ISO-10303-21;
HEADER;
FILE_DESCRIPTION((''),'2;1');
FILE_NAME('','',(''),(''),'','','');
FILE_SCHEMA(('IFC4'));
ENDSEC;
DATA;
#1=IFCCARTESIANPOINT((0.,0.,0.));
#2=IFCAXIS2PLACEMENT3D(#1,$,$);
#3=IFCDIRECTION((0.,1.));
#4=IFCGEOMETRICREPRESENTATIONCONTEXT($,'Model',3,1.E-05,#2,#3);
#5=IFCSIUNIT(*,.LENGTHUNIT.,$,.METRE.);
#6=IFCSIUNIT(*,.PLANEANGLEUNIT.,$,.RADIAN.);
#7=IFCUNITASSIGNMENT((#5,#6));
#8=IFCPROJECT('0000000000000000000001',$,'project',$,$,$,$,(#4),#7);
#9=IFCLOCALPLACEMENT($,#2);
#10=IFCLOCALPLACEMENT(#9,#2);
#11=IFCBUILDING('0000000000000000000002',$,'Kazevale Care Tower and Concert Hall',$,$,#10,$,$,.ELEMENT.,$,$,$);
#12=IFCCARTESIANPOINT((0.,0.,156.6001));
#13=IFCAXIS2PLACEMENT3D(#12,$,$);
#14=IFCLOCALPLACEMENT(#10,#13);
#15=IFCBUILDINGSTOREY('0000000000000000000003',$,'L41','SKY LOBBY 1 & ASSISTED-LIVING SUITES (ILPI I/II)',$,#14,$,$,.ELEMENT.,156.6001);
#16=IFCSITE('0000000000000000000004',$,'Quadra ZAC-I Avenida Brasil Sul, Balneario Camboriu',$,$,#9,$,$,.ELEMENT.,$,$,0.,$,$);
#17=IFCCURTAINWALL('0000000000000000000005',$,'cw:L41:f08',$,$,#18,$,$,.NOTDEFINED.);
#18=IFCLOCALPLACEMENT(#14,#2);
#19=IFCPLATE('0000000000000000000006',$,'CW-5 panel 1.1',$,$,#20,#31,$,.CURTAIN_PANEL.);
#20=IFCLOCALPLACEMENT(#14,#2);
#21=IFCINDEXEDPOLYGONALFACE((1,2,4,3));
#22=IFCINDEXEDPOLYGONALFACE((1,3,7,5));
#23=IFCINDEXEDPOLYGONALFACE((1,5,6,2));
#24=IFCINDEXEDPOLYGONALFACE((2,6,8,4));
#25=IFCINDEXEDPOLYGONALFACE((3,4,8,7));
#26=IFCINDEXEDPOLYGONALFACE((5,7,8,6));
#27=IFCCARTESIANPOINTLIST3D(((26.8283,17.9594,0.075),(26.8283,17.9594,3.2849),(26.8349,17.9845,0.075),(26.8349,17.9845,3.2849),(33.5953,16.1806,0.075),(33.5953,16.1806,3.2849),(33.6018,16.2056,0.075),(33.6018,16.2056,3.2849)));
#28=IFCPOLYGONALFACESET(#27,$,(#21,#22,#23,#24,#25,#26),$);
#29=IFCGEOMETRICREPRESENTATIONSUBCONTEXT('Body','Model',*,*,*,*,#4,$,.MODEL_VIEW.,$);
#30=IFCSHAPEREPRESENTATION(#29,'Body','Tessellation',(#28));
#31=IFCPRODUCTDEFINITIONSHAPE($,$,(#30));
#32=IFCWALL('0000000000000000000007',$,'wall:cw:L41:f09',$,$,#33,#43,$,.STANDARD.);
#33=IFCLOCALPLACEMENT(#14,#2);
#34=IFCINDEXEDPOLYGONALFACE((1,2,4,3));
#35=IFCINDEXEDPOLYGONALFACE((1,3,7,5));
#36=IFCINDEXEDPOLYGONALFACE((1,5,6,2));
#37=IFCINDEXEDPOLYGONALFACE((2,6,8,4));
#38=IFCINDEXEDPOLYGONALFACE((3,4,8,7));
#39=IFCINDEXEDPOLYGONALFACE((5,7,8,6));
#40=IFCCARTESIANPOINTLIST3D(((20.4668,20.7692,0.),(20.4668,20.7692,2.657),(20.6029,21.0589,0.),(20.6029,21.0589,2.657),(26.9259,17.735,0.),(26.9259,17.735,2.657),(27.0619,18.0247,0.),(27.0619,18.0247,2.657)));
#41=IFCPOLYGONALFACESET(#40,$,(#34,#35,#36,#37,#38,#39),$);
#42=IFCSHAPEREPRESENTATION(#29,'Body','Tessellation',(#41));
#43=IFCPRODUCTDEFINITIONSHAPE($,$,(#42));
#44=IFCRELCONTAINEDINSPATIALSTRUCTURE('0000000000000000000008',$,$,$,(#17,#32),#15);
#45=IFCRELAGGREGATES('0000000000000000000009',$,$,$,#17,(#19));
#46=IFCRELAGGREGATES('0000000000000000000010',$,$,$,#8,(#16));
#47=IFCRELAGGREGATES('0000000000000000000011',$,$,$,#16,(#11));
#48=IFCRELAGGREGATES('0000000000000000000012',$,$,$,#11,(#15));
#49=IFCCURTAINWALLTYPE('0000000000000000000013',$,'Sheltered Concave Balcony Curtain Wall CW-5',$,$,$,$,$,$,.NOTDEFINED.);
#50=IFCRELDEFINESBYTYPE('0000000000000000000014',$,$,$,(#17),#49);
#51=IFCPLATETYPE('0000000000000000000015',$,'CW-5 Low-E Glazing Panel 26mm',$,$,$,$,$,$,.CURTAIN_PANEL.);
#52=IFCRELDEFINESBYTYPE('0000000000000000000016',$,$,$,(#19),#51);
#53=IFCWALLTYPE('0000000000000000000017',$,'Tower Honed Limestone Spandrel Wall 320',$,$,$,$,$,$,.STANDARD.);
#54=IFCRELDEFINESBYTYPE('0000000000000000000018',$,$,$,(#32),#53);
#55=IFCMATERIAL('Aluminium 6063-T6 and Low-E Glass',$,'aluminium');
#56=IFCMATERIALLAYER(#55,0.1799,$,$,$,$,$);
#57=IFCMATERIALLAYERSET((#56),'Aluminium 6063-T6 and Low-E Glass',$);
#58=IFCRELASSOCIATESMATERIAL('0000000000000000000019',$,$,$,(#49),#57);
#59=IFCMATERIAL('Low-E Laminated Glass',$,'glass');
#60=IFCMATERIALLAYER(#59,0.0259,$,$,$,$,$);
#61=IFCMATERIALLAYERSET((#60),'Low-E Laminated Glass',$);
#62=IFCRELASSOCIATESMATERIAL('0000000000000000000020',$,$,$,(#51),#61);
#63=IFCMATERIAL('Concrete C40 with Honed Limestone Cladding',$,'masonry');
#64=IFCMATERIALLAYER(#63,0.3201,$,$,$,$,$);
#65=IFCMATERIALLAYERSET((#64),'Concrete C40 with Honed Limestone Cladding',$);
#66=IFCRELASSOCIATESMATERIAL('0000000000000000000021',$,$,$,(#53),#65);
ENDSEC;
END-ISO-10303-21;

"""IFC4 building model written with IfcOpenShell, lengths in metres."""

from ifc_helpers import new_model, si_unit, direction, frame, frame_2d, origin, origin_2d, place, context, subcontext, project, spatial, rectangle, extrude, material, layer, layer_set, type_object, element, aggregate, save


model = new_model("IFC4")

# Units and contexts
model_context = context("Model", 3, precision=1e-05, world=origin(), true_north=direction((0.0, 1.0)))
body_context = subcontext(model_context, "Body", "Model", "MODEL_VIEW")
ifc_project = project(units=[si_unit("LENGTHUNIT", "METRE"), si_unit("PLANEANGLEUNIT", "RADIAN")], contexts=[model_context])

# Site, building, storey
site_placement = place(None, origin())
site = spatial("IfcSite", under=ifc_project, at=site_placement, Name="Quadra ZAC-I Avenida Brasil Sul, Balneario Camboriu", CompositionType="ELEMENT", RefElevation=0.0)
building_placement = place(site_placement, origin())
building = spatial("IfcBuilding", under=site, at=building_placement, Name="Kazevale Care Tower and Concert Hall", CompositionType="ELEMENT")
storey_placement = place(building_placement, frame((0.0, 0.0, 156.6001)))
storey = spatial("IfcBuildingStorey", under=building, at=storey_placement, Name="L41", Description="SKY LOBBY 1 & ASSISTED-LIVING SUITES (ILPI I/II)", CompositionType="ELEMENT", Elevation=156.6001)

# Shared definitions
ifc_material_1 = material(Name="Aluminium 6063-T6 and Low-E Glass", Category="aluminium")
ifc_layer_1 = layer(ifc_material_1, 0.1799)
ifc_layer_set_1 = layer_set([ifc_layer_1], Name="Aluminium 6063-T6 and Low-E Glass")
curtain_wall_type = type_object("IfcCurtainWallType", Name="Sheltered Concave Balcony Curtain Wall CW-5", PredefinedType="NOTDEFINED", material=ifc_layer_set_1)

# Curtain wall
curtain_wall_1_placement = place(storey_placement, origin())
curtain_wall_1 = element("IfcCurtainWall", 1, at=curtain_wall_1_placement, inside=storey, type_object=curtain_wall_type, Name="cw:L41:f08", PredefinedType="NOTDEFINED")

# Plate
ifc_material_2 = material(Name="Low-E Laminated Glass", Category="glass")
ifc_layer_2 = layer(ifc_material_2, 0.0259)
ifc_layer_set_2 = layer_set([ifc_layer_2], Name="Low-E Laminated Glass")
plate_type = type_object("IfcPlateType", Name="CW-5 Low-E Glazing Panel 26mm", PredefinedType="CURTAIN_PANEL", material=ifc_layer_set_2)
plate_placement = place(storey_placement, frame((30.2151, 17.0825, 0.075), z_axis=(0.0, 0.0, 1.0), x_axis=(-0.967142, 0.254238, 0.0)))
plate = element("IfcPlate", 2, at=plate_placement, type_object=plate_type, Name="CW-5 panel 1.1", PredefinedType="CURTAIN_PANEL", context=body_context, shape_type="SweptSolid", body=[
    extrude(rectangle(XDim=6.9968, YDim=0.0259, at=origin_2d()), origin(), (0.0, 0.0, 1.0), 3.21),
])
aggregate(curtain_wall_1, [plate])

# Wall
ifc_material_3 = material(Name="Concrete C40 with Honed Limestone Cladding", Category="masonry")
ifc_layer_3 = layer(ifc_material_3, 0.3201)
ifc_layer_set_3 = layer_set([ifc_layer_3], Name="Concrete C40 with Honed Limestone Cladding")
wall_type = type_object("IfcWallType", Name="Tower Honed Limestone Spandrel Wall 320", PredefinedType="STANDARD", material=ifc_layer_set_3)
wall_placement = place(storey_placement, frame((26.9939, 17.8799, 0.0), z_axis=(0.0, 0.0, 1.0), x_axis=(-0.905107, 0.425184, 0.0)))
element("IfcWall", 3, at=wall_placement, inside=storey, type_object=wall_type, Name="wall:cw:L41:f09", PredefinedType="STANDARD", context=body_context, shape_type="SweptSolid", body=[
    extrude(rectangle(XDim=7.1362, YDim=0.3201, at=frame_2d((3.5681, 0.0))), origin(), (0.0, 0.0, 1.0), 2.657),
])

save(model, "model.ifc")
